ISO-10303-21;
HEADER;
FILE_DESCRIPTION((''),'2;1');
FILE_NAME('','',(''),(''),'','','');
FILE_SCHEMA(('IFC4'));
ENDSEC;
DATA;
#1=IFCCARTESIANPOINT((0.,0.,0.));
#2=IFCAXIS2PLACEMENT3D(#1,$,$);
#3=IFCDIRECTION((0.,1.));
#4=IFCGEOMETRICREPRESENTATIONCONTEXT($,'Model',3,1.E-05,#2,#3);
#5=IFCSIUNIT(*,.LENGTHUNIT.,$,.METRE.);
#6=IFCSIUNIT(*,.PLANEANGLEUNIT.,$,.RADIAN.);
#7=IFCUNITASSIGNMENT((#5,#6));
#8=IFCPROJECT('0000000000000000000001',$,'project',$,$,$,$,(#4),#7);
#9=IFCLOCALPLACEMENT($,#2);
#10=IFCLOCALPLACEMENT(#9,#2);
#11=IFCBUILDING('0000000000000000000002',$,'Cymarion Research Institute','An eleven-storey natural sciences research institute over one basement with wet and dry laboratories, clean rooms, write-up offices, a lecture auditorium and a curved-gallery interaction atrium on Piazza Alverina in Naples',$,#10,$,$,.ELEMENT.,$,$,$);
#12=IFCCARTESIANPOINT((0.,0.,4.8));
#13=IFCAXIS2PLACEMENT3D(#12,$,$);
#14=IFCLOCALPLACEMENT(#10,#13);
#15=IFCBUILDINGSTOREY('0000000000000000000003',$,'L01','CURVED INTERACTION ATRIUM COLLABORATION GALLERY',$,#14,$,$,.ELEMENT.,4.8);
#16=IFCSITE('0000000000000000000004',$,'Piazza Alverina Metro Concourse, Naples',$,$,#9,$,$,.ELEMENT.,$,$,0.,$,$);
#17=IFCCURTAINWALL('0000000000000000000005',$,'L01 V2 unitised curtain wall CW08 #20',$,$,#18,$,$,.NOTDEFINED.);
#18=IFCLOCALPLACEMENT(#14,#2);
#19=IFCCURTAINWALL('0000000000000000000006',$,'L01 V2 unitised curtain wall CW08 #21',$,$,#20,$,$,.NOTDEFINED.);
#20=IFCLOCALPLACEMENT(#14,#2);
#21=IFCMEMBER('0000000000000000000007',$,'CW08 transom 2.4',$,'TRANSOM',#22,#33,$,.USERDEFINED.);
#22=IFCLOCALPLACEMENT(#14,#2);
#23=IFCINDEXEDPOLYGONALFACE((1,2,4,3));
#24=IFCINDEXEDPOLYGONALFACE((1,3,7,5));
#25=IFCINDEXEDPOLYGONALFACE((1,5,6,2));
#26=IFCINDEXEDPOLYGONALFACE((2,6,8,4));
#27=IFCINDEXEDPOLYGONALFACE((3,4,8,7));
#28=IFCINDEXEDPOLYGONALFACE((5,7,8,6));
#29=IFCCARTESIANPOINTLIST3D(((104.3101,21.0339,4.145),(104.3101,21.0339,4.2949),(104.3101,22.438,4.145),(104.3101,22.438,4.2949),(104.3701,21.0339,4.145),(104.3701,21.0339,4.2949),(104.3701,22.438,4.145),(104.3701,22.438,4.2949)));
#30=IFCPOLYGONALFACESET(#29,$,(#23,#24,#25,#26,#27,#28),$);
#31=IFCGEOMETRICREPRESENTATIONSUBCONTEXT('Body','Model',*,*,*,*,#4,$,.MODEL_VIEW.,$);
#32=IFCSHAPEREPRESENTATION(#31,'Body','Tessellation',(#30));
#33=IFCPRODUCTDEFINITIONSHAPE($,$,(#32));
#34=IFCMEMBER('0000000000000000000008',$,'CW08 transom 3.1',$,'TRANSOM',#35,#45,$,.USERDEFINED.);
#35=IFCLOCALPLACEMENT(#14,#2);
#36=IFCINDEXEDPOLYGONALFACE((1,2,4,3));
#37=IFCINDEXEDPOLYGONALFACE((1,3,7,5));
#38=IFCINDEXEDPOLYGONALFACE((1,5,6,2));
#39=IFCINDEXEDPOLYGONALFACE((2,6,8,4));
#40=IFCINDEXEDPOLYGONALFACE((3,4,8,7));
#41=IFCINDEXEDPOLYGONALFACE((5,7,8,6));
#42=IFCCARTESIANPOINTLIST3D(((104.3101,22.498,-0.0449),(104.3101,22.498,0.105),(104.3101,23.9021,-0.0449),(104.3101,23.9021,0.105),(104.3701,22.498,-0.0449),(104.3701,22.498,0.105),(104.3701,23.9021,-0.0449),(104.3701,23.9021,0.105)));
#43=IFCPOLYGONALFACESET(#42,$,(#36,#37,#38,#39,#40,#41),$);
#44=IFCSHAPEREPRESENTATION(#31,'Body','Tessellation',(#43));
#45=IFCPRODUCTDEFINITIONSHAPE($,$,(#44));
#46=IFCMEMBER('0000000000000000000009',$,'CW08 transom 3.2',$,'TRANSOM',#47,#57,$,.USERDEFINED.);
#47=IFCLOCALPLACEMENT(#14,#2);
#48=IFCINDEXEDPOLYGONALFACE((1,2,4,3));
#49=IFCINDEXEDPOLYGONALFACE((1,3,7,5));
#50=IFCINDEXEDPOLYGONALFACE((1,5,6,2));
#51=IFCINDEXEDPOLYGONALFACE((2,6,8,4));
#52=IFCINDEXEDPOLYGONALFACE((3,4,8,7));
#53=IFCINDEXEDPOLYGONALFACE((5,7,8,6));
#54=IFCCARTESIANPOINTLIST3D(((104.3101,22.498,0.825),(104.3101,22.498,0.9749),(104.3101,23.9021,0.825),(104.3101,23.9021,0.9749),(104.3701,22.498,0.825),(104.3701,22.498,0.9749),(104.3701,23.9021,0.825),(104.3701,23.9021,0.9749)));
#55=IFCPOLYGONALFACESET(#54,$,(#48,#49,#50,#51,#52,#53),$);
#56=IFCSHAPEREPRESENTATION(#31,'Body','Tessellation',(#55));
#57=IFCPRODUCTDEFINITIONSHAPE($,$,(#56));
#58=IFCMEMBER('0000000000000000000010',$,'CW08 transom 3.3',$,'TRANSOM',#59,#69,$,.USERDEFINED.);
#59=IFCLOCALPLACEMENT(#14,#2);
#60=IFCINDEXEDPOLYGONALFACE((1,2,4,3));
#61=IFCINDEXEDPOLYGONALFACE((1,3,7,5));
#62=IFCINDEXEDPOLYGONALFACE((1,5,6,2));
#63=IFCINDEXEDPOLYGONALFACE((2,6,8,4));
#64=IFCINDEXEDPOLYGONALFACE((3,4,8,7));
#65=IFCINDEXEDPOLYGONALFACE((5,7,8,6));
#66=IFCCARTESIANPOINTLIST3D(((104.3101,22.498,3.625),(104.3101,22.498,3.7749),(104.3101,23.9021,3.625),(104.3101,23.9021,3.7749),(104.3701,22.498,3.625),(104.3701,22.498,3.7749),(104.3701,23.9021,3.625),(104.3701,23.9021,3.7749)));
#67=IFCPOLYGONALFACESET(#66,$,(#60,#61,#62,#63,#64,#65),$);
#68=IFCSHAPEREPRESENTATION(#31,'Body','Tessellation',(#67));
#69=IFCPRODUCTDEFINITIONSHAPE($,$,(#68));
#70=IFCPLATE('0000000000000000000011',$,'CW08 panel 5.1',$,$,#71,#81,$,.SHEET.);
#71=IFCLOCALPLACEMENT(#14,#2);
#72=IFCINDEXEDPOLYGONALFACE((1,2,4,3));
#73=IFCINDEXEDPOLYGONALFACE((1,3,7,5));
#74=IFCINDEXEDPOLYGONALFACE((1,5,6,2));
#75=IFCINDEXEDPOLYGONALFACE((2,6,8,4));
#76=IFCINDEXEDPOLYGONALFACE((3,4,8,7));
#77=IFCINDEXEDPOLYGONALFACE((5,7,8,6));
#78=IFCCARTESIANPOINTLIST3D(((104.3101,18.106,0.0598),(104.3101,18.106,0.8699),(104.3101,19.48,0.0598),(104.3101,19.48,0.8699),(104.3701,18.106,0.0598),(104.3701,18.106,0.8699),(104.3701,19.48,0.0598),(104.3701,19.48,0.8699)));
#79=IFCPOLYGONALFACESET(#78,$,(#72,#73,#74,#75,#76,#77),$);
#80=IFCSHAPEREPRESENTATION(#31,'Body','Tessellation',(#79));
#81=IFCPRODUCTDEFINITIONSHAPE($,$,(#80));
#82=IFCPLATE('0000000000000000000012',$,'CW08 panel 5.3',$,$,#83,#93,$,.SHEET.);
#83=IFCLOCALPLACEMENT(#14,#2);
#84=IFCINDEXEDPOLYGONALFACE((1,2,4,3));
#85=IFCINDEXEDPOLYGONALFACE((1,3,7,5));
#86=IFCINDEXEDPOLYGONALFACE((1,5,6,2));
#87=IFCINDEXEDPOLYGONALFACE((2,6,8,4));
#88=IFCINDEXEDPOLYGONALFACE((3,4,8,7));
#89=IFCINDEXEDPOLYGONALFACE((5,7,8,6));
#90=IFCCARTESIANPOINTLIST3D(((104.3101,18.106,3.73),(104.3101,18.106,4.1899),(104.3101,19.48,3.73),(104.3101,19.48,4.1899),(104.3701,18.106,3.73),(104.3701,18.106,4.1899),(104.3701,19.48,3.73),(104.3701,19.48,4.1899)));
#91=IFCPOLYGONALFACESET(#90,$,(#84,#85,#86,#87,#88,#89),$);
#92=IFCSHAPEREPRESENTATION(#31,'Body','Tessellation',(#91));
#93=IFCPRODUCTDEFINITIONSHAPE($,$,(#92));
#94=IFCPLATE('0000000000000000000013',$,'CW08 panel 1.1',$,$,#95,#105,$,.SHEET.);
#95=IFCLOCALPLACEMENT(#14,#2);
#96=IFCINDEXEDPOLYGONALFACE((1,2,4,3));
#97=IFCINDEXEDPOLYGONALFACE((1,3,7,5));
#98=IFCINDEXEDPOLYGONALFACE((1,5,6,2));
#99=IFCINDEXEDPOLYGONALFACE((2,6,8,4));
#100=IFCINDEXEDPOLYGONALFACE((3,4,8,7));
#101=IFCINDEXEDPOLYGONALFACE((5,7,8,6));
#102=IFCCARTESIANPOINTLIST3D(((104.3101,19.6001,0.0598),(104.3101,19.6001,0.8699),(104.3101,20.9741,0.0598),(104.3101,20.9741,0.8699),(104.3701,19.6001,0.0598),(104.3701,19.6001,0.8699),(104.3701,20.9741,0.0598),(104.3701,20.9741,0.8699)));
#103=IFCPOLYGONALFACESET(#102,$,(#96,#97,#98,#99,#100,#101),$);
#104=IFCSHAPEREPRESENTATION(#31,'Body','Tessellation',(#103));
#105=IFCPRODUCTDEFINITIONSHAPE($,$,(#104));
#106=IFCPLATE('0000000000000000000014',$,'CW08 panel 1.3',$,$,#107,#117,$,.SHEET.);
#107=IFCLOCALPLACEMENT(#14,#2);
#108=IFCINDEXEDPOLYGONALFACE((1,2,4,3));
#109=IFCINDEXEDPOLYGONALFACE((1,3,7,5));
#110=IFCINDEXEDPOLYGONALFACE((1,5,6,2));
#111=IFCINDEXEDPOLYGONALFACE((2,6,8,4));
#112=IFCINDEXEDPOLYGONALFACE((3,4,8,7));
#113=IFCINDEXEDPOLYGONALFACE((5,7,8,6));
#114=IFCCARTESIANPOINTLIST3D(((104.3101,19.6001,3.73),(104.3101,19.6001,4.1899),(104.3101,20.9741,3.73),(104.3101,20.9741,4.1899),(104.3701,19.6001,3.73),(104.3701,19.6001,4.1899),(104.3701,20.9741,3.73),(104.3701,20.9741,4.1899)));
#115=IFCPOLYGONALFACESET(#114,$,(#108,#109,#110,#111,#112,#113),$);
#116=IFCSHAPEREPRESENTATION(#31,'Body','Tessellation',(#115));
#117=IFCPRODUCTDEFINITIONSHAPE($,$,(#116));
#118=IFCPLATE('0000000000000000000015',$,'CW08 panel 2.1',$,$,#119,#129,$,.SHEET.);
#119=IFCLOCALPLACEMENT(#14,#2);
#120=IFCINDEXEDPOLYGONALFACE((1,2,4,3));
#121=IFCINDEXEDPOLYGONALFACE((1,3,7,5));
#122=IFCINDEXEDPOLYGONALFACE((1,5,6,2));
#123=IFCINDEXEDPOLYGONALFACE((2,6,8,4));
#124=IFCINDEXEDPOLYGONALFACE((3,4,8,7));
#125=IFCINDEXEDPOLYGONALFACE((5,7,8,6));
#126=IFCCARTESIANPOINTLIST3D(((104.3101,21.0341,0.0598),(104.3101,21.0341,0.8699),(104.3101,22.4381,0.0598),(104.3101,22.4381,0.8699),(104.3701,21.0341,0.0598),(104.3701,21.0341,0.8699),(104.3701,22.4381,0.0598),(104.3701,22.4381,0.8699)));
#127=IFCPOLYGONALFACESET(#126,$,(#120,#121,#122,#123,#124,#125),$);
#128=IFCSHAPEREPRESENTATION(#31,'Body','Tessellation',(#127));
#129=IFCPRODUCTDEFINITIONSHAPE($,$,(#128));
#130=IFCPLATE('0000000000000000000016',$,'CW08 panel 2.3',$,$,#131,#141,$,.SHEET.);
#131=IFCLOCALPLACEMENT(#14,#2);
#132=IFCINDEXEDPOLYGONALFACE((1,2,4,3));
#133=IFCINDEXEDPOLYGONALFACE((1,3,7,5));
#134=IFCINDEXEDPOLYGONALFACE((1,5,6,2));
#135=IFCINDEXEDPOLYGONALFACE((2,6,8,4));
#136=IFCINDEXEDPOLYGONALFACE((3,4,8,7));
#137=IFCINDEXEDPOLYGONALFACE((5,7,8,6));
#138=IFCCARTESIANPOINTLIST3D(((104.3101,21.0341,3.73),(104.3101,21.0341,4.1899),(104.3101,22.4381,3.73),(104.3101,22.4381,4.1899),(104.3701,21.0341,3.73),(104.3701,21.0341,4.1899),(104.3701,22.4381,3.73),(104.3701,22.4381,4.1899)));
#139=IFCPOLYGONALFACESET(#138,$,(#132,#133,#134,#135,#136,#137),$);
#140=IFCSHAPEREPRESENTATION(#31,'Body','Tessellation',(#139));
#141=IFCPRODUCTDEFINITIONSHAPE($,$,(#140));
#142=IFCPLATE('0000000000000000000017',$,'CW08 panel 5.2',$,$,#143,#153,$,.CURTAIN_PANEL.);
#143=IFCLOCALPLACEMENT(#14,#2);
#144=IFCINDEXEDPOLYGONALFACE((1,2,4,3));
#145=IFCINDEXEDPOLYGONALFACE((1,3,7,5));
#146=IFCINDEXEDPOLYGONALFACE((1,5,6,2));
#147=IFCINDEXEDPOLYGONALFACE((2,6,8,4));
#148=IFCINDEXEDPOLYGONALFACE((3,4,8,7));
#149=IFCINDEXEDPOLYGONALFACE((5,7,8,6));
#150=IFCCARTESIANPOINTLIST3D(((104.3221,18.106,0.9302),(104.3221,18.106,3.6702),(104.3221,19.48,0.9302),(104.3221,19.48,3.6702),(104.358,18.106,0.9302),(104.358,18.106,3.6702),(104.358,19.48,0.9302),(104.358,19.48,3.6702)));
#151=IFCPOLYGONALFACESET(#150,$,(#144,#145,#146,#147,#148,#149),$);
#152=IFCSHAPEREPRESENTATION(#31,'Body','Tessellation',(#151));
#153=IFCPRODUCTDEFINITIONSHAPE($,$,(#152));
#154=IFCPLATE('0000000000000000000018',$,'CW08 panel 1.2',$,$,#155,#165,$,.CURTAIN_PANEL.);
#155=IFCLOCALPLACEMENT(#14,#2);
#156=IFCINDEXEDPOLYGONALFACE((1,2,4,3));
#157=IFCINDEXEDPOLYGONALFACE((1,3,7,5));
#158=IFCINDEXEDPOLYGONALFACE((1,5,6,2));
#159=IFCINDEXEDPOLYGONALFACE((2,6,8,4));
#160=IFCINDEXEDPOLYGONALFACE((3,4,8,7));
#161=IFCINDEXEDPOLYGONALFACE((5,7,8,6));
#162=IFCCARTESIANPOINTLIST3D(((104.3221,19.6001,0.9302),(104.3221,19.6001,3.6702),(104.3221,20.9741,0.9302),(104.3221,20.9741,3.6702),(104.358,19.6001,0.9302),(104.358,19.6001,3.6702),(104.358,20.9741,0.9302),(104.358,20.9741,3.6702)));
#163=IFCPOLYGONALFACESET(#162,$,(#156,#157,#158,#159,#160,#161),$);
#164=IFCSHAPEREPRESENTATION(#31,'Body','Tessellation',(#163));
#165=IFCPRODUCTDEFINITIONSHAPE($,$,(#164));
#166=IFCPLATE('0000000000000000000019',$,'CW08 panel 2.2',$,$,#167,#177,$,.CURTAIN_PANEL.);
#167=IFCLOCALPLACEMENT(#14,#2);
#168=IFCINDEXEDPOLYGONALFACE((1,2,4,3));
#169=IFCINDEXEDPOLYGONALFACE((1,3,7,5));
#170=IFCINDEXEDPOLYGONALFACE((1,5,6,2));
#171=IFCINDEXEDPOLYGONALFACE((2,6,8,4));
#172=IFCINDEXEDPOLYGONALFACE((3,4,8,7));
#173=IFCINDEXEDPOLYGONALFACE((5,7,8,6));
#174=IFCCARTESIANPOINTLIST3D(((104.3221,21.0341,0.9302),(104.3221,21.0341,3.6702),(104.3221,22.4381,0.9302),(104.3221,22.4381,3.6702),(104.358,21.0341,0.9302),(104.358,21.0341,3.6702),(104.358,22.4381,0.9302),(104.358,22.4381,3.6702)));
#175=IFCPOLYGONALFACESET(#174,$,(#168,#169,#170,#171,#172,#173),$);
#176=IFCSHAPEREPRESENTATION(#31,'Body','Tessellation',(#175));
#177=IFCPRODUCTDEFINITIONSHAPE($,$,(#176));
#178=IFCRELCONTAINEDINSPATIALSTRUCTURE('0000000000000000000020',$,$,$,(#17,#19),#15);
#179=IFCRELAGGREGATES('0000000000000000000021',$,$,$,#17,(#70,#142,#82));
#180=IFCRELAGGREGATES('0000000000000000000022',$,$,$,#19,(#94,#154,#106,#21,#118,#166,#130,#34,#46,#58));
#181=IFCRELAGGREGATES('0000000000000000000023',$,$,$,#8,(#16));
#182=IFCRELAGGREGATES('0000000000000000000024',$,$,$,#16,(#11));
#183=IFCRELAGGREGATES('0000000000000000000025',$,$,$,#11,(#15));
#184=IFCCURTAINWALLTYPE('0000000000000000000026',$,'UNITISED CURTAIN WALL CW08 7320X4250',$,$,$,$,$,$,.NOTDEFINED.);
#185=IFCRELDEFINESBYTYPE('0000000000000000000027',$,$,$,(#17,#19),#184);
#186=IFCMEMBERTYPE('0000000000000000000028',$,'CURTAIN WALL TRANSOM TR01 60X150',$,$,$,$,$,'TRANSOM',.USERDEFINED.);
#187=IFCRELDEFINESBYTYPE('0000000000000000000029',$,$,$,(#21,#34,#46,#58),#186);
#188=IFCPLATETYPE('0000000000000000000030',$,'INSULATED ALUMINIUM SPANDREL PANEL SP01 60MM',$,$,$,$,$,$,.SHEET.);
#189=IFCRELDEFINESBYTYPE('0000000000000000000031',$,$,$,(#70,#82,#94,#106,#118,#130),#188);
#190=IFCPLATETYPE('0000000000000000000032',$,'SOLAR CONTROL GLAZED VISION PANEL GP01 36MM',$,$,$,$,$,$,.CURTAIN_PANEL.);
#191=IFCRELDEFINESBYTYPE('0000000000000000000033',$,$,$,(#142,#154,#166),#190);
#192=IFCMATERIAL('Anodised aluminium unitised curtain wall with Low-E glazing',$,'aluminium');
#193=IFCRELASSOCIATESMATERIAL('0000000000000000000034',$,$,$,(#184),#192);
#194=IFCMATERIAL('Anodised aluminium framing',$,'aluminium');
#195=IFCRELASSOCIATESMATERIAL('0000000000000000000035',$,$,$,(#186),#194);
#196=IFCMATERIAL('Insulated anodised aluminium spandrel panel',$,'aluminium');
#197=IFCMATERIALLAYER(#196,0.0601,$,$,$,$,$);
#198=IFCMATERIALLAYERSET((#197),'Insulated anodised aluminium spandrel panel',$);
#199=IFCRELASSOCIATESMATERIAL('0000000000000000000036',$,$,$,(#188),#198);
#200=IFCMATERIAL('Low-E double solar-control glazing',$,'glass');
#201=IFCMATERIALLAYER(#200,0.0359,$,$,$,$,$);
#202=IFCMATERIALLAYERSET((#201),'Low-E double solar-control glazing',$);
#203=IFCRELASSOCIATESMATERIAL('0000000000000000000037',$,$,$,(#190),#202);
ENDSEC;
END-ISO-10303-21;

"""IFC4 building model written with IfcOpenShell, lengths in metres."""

from ifc_helpers import new_model, si_unit, direction, frame, origin, origin_2d, place, context, subcontext, project, spatial, rectangle, extrude, material, layer, layer_set, material_profile, profile_set, type_object, element, aggregate, save


model = new_model("IFC4")

# Units and contexts
model_context = context("Model", 3, precision=1e-05, world=origin(), true_north=direction((0.0, 1.0)))
body_context = subcontext(model_context, "Body", "Model", "MODEL_VIEW")
ifc_project = project(units=[si_unit("LENGTHUNIT", "METRE"), si_unit("PLANEANGLEUNIT", "RADIAN")], contexts=[model_context])

# Site, building, storey
site_placement = place(None, origin())
site = spatial("IfcSite", under=ifc_project, at=site_placement, Name="Piazza Alverina Metro Concourse, Naples", CompositionType="ELEMENT", RefElevation=0.0)
building_placement = place(site_placement, origin())
building = spatial("IfcBuilding", under=site, at=building_placement, Name="Cymarion Research Institute", Description="An eleven-storey natural sciences research institute over one basement with wet and dry laboratories, clean rooms, write-up offices, a lecture auditorium and a curved-gallery interaction atrium on Piazza Alverina in Naples", CompositionType="ELEMENT")
storey_placement = place(building_placement, frame((0.0, 0.0, 4.8)))
storey = spatial("IfcBuildingStorey", under=building, at=storey_placement, Name="L01", Description="CURVED INTERACTION ATRIUM COLLABORATION GALLERY", CompositionType="ELEMENT", Elevation=4.8)

# Curtain wall
ifc_material_1 = material(Name="Anodised aluminium unitised curtain wall with Low-E glazing", Category="aluminium")
curtain_wall_type = type_object("IfcCurtainWallType", Name="UNITISED CURTAIN WALL CW08 7320X4250", PredefinedType="NOTDEFINED", material=ifc_material_1)
curtain_wall_1_placement = place(storey_placement, origin())
curtain_wall_1 = element("IfcCurtainWall", 1, at=curtain_wall_1_placement, inside=storey, type_object=curtain_wall_type, Name="L01 V2 unitised curtain wall CW08 #20", PredefinedType="NOTDEFINED")
ifc_material_2 = material(Name="Anodised aluminium framing", Category="aluminium")

# Curtain wall
curtain_wall_2_placement = place(storey_placement, origin())
curtain_wall_2 = element("IfcCurtainWall", 2, at=curtain_wall_2_placement, inside=storey, type_object=curtain_wall_type, Name="L01 V2 unitised curtain wall CW08 #21", PredefinedType="NOTDEFINED")

# Members
ifc_material_profile_1 = material_profile(ifc_material_2, rectangle(XDim=0.0601, YDim=0.1499, at=origin_2d()), Name="ALU TRANSOM 60x150")
ifc_profile_set_1 = profile_set([ifc_material_profile_1], Name="Anodised aluminium framing")
member_type_1 = type_object("IfcMemberType", Name="CURTAIN WALL TRANSOM TR01 60X150", ElementType="TRANSOM", PredefinedType="USERDEFINED", material=ifc_profile_set_1)
member_1_placement = place(storey_placement, frame((104.3401, 21.0339, 4.22), z_axis=(0.0, 1.0, 0.0), x_axis=(-1.0, 0.0, 0.0)))
member_1 = element("IfcMember", 3, at=member_1_placement, type_object=member_type_1, Name="CW08 transom 2.4", ObjectType="TRANSOM", PredefinedType="USERDEFINED", context=body_context, shape_type="SweptSolid", body=[
    extrude(rectangle(XDim=0.0601, YDim=0.1499, at=origin_2d()), origin(), (0.0, 0.0, 1.0), 1.4041),
])
member_2_placement = place(storey_placement, frame((104.3401, 22.498, 0.03), z_axis=(0.0, 1.0, 0.0), x_axis=(-1.0, 0.0, 0.0)))
member_2 = element("IfcMember", 4, at=member_2_placement, type_object=member_type_1, Name="CW08 transom 3.1", ObjectType="TRANSOM", PredefinedType="USERDEFINED", context=body_context, shape_type="SweptSolid", body=[
    extrude(rectangle(XDim=0.0601, YDim=0.1499, at=origin_2d()), origin(), (0.0, 0.0, 1.0), 1.4041),
])
member_3_placement = place(storey_placement, frame((104.3401, 22.498, 0.8999), z_axis=(0.0, 1.0, 0.0), x_axis=(-1.0, 0.0, 0.0)))
member_3 = element("IfcMember", 5, at=member_3_placement, type_object=member_type_1, Name="CW08 transom 3.2", ObjectType="TRANSOM", PredefinedType="USERDEFINED", context=body_context, shape_type="SweptSolid", body=[
    extrude(rectangle(XDim=0.0601, YDim=0.1499, at=origin_2d()), origin(), (0.0, 0.0, 1.0), 1.4041),
])
member_4_placement = place(storey_placement, frame((104.3401, 22.498, 3.7), z_axis=(0.0, 1.0, 0.0), x_axis=(-1.0, 0.0, 0.0)))
member_4 = element("IfcMember", 6, at=member_4_placement, type_object=member_type_1, Name="CW08 transom 3.3", ObjectType="TRANSOM", PredefinedType="USERDEFINED", context=body_context, shape_type="SweptSolid", body=[
    extrude(rectangle(XDim=0.0601, YDim=0.1499, at=origin_2d()), origin(), (0.0, 0.0, 1.0), 1.4041),
])

# Plates
ifc_material_3 = material(Name="Insulated anodised aluminium spandrel panel", Category="aluminium")
ifc_layer_1 = layer(ifc_material_3, 0.0601)
ifc_layer_set_1 = layer_set([ifc_layer_1], Name="Insulated anodised aluminium spandrel panel")
plate_type_1 = type_object("IfcPlateType", Name="INSULATED ALUMINIUM SPANDREL PANEL SP01 60MM", PredefinedType="SHEET", material=ifc_layer_set_1)
plate_1_placement = place(storey_placement, frame((104.3401, 18.793, 0.0598), z_axis=(0.0, 0.0, 1.0), x_axis=(0.0, 1.0, 0.0)))
plate_1 = element("IfcPlate", 7, at=plate_1_placement, type_object=plate_type_1, Name="CW08 panel 5.1", PredefinedType="SHEET", context=body_context, shape_type="SweptSolid", body=[
    extrude(rectangle(XDim=1.374, YDim=0.0601, at=origin_2d()), origin(), (0.0, 0.0, 1.0), 0.8101),
])
plate_2_placement = place(storey_placement, frame((104.3401, 18.793, 3.73), z_axis=(0.0, 0.0, 1.0), x_axis=(0.0, 1.0, 0.0)))
plate_2 = element("IfcPlate", 8, at=plate_2_placement, type_object=plate_type_1, Name="CW08 panel 5.3", PredefinedType="SHEET", context=body_context, shape_type="SweptSolid", body=[
    extrude(rectangle(XDim=1.374, YDim=0.0601, at=origin_2d()), origin(), (0.0, 0.0, 1.0), 0.46),
])
plate_3_placement = place(storey_placement, frame((104.3401, 20.2871, 0.0598), z_axis=(0.0, 0.0, 1.0), x_axis=(0.0, 1.0, 0.0)))
plate_3 = element("IfcPlate", 9, at=plate_3_placement, type_object=plate_type_1, Name="CW08 panel 1.1", PredefinedType="SHEET", context=body_context, shape_type="SweptSolid", body=[
    extrude(rectangle(XDim=1.374, YDim=0.0601, at=origin_2d()), origin(), (0.0, 0.0, 1.0), 0.8101),
])
plate_4_placement = place(storey_placement, frame((104.3401, 20.2871, 3.73), z_axis=(0.0, 0.0, 1.0), x_axis=(0.0, 1.0, 0.0)))
plate_4 = element("IfcPlate", 10, at=plate_4_placement, type_object=plate_type_1, Name="CW08 panel 1.3", PredefinedType="SHEET", context=body_context, shape_type="SweptSolid", body=[
    extrude(rectangle(XDim=1.374, YDim=0.0601, at=origin_2d()), origin(), (0.0, 0.0, 1.0), 0.46),
])
plate_5_placement = place(storey_placement, frame((104.3401, 21.7361, 0.0598), z_axis=(0.0, 0.0, 1.0), x_axis=(0.0, 1.0, 0.0)))
plate_5 = element("IfcPlate", 11, at=plate_5_placement, type_object=plate_type_1, Name="CW08 panel 2.1", PredefinedType="SHEET", context=body_context, shape_type="SweptSolid", body=[
    extrude(rectangle(XDim=1.4041, YDim=0.0601, at=origin_2d()), origin(), (0.0, 0.0, 1.0), 0.8101),
])
plate_6_placement = place(storey_placement, frame((104.3401, 21.7361, 3.73), z_axis=(0.0, 0.0, 1.0), x_axis=(0.0, 1.0, 0.0)))
plate_6 = element("IfcPlate", 12, at=plate_6_placement, type_object=plate_type_1, Name="CW08 panel 2.3", PredefinedType="SHEET", context=body_context, shape_type="SweptSolid", body=[
    extrude(rectangle(XDim=1.4041, YDim=0.0601, at=origin_2d()), origin(), (0.0, 0.0, 1.0), 0.46),
])
ifc_material_4 = material(Name="Low-E double solar-control glazing", Category="glass")
ifc_layer_2 = layer(ifc_material_4, 0.0359)
ifc_layer_set_2 = layer_set([ifc_layer_2], Name="Low-E double solar-control glazing")
plate_type_2 = type_object("IfcPlateType", Name="SOLAR CONTROL GLAZED VISION PANEL GP01 36MM", PredefinedType="CURTAIN_PANEL", material=ifc_layer_set_2)
plate_7_placement = place(storey_placement, frame((104.3401, 18.793, 0.9302), z_axis=(0.0, 0.0, 1.0), x_axis=(0.0, 1.0, 0.0)))
plate_7 = element("IfcPlate", 13, at=plate_7_placement, type_object=plate_type_2, Name="CW08 panel 5.2", PredefinedType="CURTAIN_PANEL", context=body_context, shape_type="SweptSolid", body=[
    extrude(rectangle(XDim=1.374, YDim=0.0359, at=origin_2d()), origin(), (0.0, 0.0, 1.0), 2.74),
])
aggregate(curtain_wall_1, [plate_1, plate_7, plate_2])
plate_8_placement = place(storey_placement, frame((104.3401, 20.2871, 0.9302), z_axis=(0.0, 0.0, 1.0), x_axis=(0.0, 1.0, 0.0)))
plate_8 = element("IfcPlate", 14, at=plate_8_placement, type_object=plate_type_2, Name="CW08 panel 1.2", PredefinedType="CURTAIN_PANEL", context=body_context, shape_type="SweptSolid", body=[
    extrude(rectangle(XDim=1.374, YDim=0.0359, at=origin_2d()), origin(), (0.0, 0.0, 1.0), 2.74),
])
plate_9_placement = place(storey_placement, frame((104.3401, 21.7361, 0.9302), z_axis=(0.0, 0.0, 1.0), x_axis=(0.0, 1.0, 0.0)))
plate_9 = element("IfcPlate", 15, at=plate_9_placement, type_object=plate_type_2, Name="CW08 panel 2.2", PredefinedType="CURTAIN_PANEL", context=body_context, shape_type="SweptSolid", body=[
    extrude(rectangle(XDim=1.4041, YDim=0.0359, at=origin_2d()), origin(), (0.0, 0.0, 1.0), 2.74),
])
aggregate(curtain_wall_2, [plate_3, plate_8, plate_4, member_1, plate_5, plate_9, plate_6, member_2, member_3, member_4])

save(model, "model.ifc")
